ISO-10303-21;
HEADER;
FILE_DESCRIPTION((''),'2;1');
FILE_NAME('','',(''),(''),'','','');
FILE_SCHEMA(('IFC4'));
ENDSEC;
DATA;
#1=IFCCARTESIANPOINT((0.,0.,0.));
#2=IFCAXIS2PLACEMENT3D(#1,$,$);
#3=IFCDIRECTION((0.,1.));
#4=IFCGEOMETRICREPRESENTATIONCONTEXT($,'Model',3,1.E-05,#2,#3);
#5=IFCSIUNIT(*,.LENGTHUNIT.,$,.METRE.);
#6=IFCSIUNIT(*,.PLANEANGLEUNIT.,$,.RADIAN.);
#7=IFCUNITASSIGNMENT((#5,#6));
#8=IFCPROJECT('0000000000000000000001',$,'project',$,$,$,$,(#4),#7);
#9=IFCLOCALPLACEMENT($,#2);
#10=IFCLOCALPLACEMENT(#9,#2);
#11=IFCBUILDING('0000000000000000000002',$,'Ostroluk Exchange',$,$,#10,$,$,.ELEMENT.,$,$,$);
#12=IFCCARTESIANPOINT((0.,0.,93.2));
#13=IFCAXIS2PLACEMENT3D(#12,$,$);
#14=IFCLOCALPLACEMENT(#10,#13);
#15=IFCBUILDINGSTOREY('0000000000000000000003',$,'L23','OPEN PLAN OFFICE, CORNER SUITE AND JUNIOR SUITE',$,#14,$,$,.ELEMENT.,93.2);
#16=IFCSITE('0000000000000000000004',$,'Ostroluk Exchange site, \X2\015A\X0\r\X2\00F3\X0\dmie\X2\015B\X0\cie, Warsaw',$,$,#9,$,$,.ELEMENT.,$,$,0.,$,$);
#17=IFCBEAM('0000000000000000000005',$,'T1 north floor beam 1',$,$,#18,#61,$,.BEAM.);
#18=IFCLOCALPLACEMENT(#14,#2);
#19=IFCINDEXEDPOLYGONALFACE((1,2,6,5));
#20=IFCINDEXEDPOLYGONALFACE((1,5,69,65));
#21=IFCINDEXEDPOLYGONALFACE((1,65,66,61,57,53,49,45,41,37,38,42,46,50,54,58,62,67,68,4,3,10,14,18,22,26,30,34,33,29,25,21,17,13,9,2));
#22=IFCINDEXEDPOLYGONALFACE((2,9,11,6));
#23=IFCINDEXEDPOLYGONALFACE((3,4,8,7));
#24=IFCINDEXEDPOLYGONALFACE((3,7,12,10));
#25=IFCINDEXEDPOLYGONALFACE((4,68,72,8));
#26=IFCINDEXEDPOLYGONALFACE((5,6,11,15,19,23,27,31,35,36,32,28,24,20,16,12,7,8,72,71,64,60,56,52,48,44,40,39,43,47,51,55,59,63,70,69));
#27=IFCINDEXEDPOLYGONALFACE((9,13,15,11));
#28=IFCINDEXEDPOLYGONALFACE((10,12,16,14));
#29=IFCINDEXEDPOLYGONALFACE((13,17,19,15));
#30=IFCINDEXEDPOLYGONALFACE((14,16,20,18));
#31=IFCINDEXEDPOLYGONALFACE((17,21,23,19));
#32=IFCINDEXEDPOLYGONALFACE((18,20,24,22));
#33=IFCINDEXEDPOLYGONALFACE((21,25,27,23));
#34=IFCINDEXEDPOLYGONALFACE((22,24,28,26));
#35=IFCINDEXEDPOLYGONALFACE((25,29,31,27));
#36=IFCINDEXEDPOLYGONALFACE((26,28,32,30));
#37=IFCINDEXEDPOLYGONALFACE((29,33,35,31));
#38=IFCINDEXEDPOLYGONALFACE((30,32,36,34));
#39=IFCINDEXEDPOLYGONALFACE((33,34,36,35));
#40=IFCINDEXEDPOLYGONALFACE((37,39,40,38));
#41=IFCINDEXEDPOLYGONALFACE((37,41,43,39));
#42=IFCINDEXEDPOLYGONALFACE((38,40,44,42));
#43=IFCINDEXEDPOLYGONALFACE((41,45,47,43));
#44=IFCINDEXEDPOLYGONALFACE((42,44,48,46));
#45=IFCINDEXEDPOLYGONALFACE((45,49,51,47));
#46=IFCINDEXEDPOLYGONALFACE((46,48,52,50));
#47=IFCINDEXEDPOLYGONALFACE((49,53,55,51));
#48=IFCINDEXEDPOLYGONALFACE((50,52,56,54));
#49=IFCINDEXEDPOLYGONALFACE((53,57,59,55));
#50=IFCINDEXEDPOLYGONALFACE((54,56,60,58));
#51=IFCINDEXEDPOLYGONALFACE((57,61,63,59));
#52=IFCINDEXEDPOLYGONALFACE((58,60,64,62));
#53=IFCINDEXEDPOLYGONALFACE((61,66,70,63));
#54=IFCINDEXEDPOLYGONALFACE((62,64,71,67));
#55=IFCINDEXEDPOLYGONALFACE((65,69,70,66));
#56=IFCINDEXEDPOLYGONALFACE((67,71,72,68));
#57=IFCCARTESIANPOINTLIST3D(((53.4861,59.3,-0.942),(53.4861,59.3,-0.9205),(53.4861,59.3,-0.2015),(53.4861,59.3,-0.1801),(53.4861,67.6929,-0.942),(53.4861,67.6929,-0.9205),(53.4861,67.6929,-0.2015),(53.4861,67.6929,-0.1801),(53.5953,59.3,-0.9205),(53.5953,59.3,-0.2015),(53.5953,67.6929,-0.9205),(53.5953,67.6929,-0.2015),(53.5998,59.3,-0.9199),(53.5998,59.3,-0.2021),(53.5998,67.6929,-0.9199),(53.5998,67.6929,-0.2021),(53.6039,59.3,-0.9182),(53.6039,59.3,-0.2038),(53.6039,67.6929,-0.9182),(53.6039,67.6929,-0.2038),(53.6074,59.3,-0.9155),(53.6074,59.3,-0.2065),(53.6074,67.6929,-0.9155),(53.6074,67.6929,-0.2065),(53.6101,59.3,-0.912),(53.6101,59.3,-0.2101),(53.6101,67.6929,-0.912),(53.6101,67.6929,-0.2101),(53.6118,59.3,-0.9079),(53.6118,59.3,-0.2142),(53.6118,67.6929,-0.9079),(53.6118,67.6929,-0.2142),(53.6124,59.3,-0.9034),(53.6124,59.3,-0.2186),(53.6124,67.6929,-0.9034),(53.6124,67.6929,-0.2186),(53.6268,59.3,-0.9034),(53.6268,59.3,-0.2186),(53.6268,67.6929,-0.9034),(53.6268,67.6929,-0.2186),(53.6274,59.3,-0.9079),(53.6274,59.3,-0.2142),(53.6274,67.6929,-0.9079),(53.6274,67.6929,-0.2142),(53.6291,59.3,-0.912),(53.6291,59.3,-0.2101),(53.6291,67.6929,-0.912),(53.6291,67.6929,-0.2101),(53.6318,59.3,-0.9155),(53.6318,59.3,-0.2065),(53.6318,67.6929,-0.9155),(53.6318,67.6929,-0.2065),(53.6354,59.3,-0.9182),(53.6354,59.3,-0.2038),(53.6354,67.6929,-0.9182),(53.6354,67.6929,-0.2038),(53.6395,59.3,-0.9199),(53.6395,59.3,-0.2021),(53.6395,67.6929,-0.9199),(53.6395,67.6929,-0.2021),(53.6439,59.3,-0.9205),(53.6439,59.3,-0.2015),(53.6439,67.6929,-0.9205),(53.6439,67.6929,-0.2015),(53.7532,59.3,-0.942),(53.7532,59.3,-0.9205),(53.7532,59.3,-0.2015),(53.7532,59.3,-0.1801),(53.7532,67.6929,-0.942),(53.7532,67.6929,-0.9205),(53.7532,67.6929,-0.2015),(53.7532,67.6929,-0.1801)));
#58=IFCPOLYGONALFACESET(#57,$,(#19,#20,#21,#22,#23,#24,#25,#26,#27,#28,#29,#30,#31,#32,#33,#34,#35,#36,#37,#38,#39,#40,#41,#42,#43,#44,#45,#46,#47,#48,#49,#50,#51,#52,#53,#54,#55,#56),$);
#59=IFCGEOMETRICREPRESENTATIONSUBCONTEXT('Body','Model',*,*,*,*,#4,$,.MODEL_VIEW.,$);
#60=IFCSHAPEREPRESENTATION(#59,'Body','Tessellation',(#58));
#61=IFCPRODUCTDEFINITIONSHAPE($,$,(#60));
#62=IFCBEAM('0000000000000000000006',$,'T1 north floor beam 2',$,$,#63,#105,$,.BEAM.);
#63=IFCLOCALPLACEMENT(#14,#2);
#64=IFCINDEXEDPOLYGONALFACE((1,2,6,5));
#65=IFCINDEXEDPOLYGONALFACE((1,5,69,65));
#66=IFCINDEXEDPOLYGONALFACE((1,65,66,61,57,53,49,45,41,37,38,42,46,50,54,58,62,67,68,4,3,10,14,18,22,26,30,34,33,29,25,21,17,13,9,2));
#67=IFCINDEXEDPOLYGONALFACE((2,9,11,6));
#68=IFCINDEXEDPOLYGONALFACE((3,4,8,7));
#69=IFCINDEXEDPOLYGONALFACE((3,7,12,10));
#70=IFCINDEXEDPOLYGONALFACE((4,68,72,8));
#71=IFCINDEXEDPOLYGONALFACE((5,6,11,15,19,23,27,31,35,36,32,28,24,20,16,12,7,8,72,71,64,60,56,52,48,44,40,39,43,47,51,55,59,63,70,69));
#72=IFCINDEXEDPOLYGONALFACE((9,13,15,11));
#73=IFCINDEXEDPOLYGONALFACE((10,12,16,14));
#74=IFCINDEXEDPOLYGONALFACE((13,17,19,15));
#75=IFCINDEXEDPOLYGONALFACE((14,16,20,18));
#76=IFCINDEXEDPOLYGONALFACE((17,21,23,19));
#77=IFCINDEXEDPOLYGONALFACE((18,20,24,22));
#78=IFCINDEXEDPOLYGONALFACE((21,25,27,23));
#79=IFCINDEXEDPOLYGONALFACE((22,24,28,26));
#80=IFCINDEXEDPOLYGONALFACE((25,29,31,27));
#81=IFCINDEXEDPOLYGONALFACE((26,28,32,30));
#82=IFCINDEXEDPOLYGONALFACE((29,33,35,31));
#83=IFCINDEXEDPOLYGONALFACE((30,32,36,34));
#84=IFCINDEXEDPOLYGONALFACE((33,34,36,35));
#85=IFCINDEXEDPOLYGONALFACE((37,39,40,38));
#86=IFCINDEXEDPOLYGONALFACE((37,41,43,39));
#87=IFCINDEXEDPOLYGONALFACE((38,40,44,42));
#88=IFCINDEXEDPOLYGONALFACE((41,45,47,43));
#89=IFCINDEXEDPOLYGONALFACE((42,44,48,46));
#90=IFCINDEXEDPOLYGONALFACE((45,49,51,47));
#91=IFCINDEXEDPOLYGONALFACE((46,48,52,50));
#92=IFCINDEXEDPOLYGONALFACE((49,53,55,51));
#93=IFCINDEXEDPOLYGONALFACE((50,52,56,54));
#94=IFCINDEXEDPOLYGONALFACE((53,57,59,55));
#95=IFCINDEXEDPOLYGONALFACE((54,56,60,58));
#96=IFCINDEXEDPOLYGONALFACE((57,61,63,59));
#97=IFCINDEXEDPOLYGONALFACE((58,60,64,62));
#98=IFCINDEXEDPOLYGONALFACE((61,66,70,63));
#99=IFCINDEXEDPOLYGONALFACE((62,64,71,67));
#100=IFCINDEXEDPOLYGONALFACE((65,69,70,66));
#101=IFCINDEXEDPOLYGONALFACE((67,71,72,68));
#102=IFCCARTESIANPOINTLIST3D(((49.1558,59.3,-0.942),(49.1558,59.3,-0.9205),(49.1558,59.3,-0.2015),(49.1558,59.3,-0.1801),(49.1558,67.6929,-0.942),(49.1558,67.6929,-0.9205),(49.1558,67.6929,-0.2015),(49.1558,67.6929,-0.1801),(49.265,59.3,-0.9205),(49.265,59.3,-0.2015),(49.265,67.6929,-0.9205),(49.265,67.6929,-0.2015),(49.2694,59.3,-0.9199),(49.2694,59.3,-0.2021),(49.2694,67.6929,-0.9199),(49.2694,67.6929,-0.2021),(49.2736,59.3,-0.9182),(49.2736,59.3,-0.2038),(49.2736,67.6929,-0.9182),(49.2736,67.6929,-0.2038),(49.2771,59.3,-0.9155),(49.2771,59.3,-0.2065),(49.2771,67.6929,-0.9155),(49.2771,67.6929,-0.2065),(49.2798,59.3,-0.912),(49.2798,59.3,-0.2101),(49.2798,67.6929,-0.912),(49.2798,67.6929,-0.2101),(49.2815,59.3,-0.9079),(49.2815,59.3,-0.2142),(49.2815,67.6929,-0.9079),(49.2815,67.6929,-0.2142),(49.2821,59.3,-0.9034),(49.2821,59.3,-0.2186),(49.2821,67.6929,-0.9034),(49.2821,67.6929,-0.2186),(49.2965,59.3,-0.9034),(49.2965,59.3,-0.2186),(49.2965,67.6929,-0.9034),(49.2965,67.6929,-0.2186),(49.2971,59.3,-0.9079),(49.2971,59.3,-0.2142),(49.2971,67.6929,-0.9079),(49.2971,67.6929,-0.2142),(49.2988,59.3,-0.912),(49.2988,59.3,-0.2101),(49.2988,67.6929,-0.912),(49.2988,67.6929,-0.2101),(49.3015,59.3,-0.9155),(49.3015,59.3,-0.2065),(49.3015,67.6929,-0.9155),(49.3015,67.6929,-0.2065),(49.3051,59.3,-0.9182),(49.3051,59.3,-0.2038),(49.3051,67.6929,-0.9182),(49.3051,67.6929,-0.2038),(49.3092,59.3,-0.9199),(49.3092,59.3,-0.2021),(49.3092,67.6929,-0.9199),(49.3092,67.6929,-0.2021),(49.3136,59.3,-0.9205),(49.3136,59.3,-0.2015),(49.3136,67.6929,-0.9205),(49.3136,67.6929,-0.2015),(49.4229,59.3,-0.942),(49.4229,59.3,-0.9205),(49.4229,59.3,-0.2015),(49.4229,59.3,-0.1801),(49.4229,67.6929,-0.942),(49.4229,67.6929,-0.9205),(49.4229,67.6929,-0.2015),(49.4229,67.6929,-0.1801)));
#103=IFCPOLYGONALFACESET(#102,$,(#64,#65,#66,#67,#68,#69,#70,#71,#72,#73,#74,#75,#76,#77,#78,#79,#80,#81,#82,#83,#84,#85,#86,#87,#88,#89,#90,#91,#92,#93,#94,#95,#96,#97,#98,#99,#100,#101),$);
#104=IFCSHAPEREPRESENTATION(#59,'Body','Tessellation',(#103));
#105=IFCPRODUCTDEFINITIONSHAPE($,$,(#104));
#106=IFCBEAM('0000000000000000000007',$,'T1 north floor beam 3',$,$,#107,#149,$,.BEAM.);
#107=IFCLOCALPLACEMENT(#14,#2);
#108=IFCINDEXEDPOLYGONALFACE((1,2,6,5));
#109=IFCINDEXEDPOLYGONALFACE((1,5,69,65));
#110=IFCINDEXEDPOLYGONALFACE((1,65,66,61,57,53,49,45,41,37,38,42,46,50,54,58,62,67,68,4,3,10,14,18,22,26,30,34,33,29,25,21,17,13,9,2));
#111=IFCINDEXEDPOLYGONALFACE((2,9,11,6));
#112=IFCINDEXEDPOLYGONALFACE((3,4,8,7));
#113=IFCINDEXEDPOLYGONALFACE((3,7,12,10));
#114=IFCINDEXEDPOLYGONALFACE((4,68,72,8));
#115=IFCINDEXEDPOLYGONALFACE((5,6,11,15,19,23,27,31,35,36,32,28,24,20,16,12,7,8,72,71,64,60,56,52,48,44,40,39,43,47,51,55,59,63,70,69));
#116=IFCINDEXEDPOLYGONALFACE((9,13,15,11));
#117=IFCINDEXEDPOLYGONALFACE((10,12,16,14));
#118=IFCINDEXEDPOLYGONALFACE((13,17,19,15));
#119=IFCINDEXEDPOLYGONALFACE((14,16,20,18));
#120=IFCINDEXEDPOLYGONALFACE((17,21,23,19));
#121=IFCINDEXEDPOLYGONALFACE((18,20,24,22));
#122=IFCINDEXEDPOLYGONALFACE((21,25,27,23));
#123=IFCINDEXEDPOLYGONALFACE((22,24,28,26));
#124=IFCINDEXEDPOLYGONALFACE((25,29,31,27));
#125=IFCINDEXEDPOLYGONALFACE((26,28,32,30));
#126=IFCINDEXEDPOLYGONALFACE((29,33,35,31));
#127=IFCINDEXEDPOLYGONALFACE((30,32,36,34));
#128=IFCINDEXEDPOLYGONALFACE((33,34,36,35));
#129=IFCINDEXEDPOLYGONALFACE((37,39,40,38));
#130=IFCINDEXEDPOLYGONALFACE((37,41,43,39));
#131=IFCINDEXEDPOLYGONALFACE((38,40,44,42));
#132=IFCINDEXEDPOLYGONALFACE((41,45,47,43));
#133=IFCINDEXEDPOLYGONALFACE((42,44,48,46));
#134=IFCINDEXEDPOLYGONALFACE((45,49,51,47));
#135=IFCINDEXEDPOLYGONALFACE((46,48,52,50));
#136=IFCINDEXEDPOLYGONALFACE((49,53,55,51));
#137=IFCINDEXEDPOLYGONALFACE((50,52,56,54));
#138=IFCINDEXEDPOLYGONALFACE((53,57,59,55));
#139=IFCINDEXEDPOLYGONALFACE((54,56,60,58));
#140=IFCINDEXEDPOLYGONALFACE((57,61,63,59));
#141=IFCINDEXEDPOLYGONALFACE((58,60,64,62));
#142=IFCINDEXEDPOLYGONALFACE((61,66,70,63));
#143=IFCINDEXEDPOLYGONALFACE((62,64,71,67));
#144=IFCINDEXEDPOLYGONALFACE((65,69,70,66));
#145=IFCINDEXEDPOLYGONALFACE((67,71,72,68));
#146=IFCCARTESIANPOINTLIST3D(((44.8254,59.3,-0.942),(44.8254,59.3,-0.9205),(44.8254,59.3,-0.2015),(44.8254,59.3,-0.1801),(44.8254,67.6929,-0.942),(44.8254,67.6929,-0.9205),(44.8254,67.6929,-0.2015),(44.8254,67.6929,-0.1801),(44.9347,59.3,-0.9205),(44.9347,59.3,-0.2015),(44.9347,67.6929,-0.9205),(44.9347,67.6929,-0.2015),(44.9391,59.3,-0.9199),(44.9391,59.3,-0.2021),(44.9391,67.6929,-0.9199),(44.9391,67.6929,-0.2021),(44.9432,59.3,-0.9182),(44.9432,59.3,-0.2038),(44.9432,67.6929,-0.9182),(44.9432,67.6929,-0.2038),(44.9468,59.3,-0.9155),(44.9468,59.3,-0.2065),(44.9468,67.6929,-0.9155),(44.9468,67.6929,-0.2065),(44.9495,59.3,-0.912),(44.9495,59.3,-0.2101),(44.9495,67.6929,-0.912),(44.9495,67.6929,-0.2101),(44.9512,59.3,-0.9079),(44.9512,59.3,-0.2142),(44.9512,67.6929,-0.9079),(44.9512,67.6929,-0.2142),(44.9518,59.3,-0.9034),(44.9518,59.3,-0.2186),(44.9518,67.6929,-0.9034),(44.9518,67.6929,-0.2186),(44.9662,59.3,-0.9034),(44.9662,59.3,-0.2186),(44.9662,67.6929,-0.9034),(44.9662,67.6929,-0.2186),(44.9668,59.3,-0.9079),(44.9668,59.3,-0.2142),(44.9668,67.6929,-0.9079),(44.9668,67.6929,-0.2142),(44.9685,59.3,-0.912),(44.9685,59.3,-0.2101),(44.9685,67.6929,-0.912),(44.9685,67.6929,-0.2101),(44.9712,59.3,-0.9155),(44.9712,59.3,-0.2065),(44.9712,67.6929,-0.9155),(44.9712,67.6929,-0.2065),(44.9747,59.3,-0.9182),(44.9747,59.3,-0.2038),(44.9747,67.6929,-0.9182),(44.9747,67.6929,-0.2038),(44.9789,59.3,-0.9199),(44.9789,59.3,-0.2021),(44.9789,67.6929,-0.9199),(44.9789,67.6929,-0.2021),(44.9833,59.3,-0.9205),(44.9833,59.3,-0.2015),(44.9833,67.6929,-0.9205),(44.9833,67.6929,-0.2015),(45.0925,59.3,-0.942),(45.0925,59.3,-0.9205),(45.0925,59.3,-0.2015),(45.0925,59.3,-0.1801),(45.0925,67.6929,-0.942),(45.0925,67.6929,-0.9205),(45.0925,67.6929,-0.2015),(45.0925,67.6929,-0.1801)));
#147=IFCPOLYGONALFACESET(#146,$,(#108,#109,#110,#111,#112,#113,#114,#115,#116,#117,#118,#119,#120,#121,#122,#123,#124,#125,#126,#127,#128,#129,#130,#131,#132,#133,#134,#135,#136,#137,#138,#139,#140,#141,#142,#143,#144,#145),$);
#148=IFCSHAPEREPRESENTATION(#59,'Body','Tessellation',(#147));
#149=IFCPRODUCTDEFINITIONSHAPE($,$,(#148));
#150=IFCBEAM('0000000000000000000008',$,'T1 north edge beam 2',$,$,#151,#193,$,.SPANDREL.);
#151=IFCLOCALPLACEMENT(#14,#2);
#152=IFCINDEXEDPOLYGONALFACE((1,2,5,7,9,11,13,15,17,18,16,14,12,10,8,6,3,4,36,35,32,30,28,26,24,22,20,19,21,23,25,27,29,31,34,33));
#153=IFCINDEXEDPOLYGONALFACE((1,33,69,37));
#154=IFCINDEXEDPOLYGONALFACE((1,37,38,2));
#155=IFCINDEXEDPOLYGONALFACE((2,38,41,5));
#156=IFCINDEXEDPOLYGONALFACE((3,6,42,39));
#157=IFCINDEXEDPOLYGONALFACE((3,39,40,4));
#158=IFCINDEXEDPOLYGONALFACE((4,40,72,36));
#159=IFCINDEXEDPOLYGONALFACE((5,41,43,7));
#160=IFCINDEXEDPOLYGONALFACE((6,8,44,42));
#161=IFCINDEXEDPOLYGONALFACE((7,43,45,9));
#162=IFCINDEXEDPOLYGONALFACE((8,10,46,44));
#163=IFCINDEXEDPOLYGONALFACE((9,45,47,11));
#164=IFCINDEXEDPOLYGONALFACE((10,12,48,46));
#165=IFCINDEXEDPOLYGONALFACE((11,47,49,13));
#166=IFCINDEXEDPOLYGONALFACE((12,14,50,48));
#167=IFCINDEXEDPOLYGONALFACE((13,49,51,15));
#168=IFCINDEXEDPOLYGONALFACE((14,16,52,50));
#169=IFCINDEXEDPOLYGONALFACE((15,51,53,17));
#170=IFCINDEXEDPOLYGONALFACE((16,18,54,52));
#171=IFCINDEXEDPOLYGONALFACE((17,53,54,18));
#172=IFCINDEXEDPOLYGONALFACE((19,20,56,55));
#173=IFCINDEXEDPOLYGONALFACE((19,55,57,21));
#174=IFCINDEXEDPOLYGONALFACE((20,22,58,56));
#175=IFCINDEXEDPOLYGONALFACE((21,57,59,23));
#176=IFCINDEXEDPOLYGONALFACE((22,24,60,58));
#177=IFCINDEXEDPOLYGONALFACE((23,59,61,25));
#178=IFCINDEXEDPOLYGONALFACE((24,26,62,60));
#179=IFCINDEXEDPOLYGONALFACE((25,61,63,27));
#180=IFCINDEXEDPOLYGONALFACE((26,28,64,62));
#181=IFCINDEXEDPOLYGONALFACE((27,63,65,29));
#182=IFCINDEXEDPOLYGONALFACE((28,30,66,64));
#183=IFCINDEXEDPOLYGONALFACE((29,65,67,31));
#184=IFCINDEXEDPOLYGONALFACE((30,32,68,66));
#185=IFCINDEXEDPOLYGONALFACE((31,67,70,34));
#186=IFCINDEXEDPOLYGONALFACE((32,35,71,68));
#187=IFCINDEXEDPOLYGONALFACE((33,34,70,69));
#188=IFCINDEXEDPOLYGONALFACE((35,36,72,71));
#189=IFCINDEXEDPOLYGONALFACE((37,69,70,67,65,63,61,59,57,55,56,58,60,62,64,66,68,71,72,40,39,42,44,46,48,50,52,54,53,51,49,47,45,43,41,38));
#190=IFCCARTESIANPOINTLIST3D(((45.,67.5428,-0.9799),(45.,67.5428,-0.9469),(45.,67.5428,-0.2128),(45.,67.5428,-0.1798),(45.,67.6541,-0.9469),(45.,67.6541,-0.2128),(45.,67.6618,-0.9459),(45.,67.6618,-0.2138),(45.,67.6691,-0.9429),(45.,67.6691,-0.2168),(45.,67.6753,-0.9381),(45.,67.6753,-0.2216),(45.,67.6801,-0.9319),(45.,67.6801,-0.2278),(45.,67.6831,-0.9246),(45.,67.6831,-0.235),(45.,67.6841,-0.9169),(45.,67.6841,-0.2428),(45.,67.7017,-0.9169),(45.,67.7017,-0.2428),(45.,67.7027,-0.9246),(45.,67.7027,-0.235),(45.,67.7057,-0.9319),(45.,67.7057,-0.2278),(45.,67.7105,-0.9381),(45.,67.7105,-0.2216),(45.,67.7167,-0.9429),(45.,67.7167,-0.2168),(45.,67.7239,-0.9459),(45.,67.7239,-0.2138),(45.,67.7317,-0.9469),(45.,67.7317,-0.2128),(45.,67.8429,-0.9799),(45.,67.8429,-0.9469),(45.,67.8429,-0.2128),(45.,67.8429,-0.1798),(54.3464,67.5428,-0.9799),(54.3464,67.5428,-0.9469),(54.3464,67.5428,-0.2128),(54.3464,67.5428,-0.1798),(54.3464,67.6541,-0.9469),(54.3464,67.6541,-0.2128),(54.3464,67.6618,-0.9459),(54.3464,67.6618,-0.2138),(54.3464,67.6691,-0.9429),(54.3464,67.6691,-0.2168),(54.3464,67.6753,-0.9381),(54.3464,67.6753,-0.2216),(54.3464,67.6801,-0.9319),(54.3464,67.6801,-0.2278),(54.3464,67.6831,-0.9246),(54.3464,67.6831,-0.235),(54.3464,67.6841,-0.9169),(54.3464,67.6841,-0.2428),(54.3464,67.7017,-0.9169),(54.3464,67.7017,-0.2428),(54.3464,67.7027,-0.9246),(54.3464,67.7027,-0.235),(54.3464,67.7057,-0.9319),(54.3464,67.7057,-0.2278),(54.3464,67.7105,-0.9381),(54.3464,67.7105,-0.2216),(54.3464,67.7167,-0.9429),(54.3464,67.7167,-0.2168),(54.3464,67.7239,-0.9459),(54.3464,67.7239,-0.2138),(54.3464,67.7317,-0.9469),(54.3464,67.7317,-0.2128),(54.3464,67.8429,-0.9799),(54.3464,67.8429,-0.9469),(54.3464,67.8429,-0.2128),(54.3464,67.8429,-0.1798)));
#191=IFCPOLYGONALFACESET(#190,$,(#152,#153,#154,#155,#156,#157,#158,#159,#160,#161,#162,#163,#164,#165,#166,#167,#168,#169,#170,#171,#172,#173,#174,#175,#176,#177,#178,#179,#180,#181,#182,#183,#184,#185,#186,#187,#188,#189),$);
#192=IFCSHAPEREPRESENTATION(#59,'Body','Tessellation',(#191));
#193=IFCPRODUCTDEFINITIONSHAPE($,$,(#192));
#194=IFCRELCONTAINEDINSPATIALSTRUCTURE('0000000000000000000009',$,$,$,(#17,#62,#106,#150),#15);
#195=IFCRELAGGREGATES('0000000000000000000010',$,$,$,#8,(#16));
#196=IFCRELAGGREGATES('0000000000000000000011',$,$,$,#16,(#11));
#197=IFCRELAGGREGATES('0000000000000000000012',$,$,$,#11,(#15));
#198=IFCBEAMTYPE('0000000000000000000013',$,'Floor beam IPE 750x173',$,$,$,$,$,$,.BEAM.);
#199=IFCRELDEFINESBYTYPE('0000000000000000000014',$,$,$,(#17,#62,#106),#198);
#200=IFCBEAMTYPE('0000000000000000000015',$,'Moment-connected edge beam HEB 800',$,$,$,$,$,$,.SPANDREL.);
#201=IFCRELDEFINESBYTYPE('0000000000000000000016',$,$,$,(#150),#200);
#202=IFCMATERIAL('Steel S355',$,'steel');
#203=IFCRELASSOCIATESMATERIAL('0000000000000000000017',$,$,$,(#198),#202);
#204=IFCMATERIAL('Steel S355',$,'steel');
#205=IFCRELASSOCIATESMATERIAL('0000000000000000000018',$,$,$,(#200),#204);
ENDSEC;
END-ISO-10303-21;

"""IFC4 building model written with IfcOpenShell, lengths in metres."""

from ifc_helpers import new_model, si_unit, direction, frame, origin, origin_2d, place, context, subcontext, project, spatial, i_section, extrude, material, material_profile, profile_set, type_object, element, save


model = new_model("IFC4")

# Units and contexts
model_context = context("Model", 3, precision=1e-05, world=origin(), true_north=direction((0.0, 1.0)))
body_context = subcontext(model_context, "Body", "Model", "MODEL_VIEW")
ifc_project = project(units=[si_unit("LENGTHUNIT", "METRE"), si_unit("PLANEANGLEUNIT", "RADIAN")], contexts=[model_context])

# Site, building, storey
site_placement = place(None, origin())
site = spatial("IfcSite", under=ifc_project, at=site_placement, Name="Ostroluk Exchange site, Śródmieście, Warsaw", CompositionType="ELEMENT", RefElevation=0.0)
building_placement = place(site_placement, origin())
building = spatial("IfcBuilding", under=site, at=building_placement, Name="Ostroluk Exchange", CompositionType="ELEMENT")
storey_placement = place(building_placement, frame((0.0, 0.0, 93.2)))
storey = spatial("IfcBuildingStorey", under=building, at=storey_placement, Name="L23", Description="OPEN PLAN OFFICE, CORNER SUITE AND JUNIOR SUITE", CompositionType="ELEMENT", Elevation=93.2)

# Beams
ifc_material_1 = material(Name="Steel S355", Category="steel")
ifc_material_profile_1 = material_profile(ifc_material_1, i_section(OverallWidth=0.2671, OverallDepth=0.762, WebThickness=0.0144, FlangeThickness=0.0215, FilletRadius=0.0171, at=origin_2d()), Name="IPE 750x173")
ifc_profile_set_1 = profile_set([ifc_material_profile_1], Name="Steel S355")
beam_type_1 = type_object("IfcBeamType", Name="Floor beam IPE 750x173", PredefinedType="BEAM", material=ifc_profile_set_1)
for number, where, z_axis, x_axis, name in (
    (1, (53.6196, 59.3, -0.561), (0.0, 1.0, 0.0), (-1.0, 0.0, 0.0), "T1 north floor beam 1"),
    (2, (49.2893, 59.3, -0.561), (0.0, 1.0, 0.0), (-1.0, 0.0, 0.0), "T1 north floor beam 2"),
    (3, (44.959, 59.3, -0.561), (0.0, 1.0, 0.0), (-1.0, 0.0, 0.0), "T1 north floor beam 3"),
):
    element("IfcBeam", number, at=place(storey_placement, frame(where, z_axis=z_axis, x_axis=x_axis)), inside=storey, type_object=beam_type_1, Name=name, PredefinedType="BEAM", context=body_context, shape_type="SweptSolid", body=[
        extrude(i_section(OverallWidth=0.2671, OverallDepth=0.762, WebThickness=0.0144, FlangeThickness=0.0215, FilletRadius=0.0171, at=origin_2d()), origin(), (0.0, 0.0, 1.0), 8.3928),
    ])
ifc_material_2 = material(Name="Steel S355", Category="steel")
ifc_material_profile_2 = material_profile(ifc_material_2, i_section(OverallWidth=0.3, OverallDepth=0.8, WebThickness=0.0176, FlangeThickness=0.033, FilletRadius=0.03, at=origin_2d()), Name="HEB 800")
ifc_profile_set_2 = profile_set([ifc_material_profile_2], Name="Steel S355")
beam_type_2 = type_object("IfcBeamType", Name="Moment-connected edge beam HEB 800", PredefinedType="SPANDREL", material=ifc_profile_set_2)
for number, where, z_axis, x_axis, name in (
    (4, (54.3464, 67.6929, -0.5798), (-1.0, 0.0, 0.0), (0.0, -1.0, 0.0), "T1 north edge beam 2"),
):
    element("IfcBeam", number, at=place(storey_placement, frame(where, z_axis=z_axis, x_axis=x_axis)), inside=storey, type_object=beam_type_2, Name=name, PredefinedType="SPANDREL", context=body_context, shape_type="SweptSolid", body=[
        extrude(i_section(OverallWidth=0.3, OverallDepth=0.8, WebThickness=0.0176, FlangeThickness=0.033, FilletRadius=0.03, at=origin_2d()), origin(), (0.0, 0.0, 1.0), 9.3464),
    ])

save(model, "model.ifc")
